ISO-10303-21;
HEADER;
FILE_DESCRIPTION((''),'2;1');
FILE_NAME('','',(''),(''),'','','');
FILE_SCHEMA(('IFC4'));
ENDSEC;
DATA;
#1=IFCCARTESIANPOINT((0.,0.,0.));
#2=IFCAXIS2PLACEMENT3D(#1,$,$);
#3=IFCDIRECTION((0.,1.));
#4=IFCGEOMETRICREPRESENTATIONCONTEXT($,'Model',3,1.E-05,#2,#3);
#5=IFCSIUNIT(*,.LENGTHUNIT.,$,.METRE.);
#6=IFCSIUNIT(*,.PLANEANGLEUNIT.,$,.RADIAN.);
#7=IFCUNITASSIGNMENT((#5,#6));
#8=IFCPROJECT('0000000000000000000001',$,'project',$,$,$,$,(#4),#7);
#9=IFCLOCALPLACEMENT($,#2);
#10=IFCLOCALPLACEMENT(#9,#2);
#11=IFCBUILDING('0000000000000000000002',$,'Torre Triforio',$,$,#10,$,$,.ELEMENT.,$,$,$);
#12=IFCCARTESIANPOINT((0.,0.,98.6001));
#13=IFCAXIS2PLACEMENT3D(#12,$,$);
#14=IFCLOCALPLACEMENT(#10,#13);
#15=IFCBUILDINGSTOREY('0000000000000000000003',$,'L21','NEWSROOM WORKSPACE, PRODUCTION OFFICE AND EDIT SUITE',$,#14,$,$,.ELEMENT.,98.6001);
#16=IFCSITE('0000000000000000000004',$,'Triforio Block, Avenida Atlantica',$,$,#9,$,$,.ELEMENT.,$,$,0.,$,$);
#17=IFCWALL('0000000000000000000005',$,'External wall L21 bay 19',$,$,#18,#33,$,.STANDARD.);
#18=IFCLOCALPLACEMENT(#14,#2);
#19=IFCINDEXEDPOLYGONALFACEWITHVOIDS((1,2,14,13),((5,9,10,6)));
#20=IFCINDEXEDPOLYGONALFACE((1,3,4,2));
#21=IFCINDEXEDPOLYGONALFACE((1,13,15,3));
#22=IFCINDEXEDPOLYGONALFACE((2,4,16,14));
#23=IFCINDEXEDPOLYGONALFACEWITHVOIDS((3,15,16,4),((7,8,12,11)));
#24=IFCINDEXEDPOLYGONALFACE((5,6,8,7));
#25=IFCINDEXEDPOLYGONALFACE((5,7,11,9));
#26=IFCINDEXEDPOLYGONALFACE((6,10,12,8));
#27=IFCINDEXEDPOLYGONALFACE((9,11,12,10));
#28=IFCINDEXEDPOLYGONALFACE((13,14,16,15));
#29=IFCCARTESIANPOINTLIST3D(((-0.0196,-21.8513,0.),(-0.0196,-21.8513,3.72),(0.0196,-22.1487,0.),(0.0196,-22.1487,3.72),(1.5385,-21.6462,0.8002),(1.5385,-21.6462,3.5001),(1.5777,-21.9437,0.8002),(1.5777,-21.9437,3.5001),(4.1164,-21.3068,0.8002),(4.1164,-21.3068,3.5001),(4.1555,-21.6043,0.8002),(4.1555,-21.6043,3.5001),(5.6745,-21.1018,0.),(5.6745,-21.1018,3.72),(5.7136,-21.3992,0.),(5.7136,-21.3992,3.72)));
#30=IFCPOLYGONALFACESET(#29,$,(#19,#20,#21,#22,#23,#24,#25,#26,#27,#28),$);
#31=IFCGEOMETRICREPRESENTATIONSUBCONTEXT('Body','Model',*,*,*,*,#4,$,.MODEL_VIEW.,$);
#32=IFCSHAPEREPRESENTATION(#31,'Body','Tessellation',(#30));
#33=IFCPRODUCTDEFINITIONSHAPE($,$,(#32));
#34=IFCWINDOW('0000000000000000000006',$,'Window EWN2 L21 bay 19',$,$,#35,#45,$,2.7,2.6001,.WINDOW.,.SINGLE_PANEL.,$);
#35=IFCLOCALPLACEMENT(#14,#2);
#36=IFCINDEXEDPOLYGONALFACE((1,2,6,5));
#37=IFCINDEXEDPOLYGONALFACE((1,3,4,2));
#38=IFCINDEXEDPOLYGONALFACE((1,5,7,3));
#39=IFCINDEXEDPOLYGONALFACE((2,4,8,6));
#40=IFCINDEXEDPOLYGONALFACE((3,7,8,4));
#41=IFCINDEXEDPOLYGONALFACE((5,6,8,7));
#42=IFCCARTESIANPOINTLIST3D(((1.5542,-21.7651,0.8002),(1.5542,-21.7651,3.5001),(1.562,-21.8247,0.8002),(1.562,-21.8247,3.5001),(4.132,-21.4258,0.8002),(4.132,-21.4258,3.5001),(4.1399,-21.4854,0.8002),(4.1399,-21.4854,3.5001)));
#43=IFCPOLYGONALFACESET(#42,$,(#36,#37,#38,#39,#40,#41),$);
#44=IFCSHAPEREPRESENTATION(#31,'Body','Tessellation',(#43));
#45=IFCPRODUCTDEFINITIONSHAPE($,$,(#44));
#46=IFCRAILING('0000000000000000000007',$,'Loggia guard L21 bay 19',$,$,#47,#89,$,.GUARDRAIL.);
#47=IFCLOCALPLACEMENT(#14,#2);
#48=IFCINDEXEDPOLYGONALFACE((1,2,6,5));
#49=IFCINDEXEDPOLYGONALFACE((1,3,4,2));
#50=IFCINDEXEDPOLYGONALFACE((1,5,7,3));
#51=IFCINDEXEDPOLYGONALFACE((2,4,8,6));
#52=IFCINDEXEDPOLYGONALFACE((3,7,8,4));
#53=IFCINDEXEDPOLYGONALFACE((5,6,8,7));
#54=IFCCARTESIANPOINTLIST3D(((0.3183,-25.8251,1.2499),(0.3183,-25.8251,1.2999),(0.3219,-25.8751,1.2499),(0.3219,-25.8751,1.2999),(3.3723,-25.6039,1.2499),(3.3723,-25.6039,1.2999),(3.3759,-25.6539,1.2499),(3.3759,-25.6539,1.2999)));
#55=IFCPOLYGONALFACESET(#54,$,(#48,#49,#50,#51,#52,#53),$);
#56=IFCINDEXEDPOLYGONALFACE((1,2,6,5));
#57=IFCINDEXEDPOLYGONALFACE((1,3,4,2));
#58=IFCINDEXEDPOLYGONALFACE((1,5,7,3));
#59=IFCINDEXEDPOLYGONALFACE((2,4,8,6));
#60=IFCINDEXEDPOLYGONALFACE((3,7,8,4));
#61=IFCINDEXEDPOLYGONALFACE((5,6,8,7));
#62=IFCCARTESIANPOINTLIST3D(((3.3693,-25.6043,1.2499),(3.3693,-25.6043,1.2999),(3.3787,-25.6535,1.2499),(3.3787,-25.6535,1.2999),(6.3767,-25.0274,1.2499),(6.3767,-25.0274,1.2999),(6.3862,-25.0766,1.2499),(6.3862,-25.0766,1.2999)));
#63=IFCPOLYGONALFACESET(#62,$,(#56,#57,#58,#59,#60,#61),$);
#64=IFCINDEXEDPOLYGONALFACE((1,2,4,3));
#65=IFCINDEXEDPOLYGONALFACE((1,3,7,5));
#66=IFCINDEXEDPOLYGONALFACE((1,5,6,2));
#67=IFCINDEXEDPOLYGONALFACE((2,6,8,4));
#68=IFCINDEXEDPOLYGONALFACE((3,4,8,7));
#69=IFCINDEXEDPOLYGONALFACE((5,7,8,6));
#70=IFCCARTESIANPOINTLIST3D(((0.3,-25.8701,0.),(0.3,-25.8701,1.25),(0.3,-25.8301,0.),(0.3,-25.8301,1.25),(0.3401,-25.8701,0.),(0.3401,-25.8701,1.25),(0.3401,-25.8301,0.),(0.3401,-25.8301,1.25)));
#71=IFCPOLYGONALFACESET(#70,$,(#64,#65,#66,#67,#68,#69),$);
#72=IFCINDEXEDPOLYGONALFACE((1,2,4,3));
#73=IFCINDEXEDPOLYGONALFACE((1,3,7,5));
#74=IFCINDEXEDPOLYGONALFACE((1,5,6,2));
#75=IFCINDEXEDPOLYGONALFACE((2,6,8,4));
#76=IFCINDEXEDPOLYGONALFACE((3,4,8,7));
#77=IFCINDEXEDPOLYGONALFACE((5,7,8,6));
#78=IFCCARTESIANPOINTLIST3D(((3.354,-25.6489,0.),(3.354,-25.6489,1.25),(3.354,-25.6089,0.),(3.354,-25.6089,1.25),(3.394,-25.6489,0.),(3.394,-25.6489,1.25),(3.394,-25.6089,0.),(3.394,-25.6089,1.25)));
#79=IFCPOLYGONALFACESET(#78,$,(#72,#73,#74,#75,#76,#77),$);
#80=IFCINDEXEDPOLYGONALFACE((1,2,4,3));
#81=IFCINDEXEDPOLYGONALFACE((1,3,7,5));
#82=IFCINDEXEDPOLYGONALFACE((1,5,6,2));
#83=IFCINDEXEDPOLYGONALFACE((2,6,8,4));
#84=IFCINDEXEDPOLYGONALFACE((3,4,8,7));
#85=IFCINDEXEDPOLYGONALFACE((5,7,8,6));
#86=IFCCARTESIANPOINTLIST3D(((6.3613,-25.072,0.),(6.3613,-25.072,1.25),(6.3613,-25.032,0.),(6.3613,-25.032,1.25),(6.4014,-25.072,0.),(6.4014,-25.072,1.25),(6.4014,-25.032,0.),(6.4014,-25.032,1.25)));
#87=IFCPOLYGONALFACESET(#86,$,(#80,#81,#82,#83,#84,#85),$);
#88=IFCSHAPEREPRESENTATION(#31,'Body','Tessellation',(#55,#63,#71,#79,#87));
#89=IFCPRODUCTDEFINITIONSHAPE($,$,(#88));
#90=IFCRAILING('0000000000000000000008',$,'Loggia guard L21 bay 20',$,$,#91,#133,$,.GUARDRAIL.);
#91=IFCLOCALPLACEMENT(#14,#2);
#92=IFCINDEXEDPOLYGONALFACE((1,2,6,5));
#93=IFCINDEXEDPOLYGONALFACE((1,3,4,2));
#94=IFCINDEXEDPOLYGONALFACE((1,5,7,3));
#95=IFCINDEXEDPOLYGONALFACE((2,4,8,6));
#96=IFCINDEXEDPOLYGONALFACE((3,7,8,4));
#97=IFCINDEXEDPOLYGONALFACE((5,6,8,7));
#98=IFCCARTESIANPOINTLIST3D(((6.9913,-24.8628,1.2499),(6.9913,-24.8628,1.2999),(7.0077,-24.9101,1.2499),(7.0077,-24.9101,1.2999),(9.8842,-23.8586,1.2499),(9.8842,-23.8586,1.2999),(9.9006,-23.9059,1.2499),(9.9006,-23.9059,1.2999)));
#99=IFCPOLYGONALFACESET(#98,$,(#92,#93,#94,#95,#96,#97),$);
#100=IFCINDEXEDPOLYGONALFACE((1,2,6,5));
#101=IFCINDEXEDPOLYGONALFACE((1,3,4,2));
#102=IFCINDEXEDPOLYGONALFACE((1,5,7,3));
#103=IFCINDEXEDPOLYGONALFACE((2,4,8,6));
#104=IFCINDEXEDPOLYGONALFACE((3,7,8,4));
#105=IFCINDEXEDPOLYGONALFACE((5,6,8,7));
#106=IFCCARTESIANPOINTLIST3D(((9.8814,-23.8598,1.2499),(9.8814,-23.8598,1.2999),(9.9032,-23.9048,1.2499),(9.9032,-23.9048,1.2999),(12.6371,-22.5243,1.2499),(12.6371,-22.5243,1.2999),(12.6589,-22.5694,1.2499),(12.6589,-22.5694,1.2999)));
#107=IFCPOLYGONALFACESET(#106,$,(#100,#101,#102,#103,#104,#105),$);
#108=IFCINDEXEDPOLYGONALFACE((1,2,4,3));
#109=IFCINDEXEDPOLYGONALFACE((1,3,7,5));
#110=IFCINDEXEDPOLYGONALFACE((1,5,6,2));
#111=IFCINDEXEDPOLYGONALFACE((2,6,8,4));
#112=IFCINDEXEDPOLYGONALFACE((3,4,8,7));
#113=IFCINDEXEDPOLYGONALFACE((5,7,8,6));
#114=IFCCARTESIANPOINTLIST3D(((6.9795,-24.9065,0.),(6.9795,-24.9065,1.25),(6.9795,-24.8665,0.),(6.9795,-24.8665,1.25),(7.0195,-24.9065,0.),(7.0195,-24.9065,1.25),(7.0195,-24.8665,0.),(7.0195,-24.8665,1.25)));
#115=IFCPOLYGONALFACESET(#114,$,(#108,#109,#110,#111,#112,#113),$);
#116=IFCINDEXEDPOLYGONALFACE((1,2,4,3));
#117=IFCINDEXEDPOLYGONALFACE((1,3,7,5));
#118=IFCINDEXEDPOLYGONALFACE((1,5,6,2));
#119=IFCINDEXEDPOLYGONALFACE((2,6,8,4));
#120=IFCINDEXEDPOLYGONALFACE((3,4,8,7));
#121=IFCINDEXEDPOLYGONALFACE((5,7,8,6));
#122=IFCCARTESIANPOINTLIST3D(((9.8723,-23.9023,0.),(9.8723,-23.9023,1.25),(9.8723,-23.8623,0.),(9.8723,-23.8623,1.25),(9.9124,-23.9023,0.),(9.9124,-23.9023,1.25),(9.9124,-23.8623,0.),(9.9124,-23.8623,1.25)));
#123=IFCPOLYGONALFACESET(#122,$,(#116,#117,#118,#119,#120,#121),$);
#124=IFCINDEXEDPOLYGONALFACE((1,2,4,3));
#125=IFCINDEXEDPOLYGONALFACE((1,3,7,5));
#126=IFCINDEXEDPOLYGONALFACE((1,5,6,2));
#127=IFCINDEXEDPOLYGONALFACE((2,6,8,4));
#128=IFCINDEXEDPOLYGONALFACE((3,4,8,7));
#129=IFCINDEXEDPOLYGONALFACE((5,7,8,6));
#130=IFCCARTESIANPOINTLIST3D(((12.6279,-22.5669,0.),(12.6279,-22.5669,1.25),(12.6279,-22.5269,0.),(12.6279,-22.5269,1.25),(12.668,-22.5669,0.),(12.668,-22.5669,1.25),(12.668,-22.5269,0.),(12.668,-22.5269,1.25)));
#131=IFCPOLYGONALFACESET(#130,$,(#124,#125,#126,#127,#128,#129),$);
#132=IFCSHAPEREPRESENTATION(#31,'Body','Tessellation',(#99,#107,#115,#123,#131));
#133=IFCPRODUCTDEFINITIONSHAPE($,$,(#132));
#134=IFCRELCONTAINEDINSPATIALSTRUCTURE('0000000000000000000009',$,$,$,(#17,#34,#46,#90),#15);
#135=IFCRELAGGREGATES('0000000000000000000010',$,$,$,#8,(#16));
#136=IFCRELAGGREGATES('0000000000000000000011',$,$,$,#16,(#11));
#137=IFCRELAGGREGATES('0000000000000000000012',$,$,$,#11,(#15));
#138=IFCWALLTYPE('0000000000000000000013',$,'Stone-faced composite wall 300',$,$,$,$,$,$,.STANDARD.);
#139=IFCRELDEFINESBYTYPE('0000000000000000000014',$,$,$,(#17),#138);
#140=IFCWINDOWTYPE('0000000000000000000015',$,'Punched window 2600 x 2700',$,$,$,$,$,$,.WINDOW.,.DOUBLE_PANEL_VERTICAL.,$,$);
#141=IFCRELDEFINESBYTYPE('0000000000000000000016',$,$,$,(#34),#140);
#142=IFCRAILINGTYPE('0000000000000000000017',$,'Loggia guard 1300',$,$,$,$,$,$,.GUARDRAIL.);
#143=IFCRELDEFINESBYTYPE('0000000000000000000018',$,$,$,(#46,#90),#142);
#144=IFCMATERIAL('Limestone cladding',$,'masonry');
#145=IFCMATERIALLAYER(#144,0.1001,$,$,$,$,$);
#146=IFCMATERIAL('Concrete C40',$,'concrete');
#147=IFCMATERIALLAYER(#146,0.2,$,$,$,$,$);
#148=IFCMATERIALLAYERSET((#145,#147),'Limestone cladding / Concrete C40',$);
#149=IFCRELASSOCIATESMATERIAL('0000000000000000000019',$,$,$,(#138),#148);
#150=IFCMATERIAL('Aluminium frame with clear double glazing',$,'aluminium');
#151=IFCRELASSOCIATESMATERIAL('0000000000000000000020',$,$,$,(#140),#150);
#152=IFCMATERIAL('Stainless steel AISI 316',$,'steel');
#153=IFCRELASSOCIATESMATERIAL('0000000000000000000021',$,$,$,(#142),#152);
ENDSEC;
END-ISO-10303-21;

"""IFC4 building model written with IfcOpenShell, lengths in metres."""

from ifc_helpers import new_model, si_unit, direction, frame, frame_2d, origin, origin_2d, place, context, subcontext, project, spatial, rectangle, extrude, material, layer, layer_set, type_object, element, fill, save


model = new_model("IFC4")

# Units and contexts
model_context = context("Model", 3, precision=1e-05, world=origin(), true_north=direction((0.0, 1.0)))
body_context = subcontext(model_context, "Body", "Model", "MODEL_VIEW")
ifc_project = project(units=[si_unit("LENGTHUNIT", "METRE"), si_unit("PLANEANGLEUNIT", "RADIAN")], contexts=[model_context])

# Site, building, storey
site_placement = place(None, origin())
site = spatial("IfcSite", under=ifc_project, at=site_placement, Name="Triforio Block, Avenida Atlantica", CompositionType="ELEMENT", RefElevation=0.0)
building_placement = place(site_placement, origin())
building = spatial("IfcBuilding", under=site, at=building_placement, Name="Torre Triforio", CompositionType="ELEMENT")
storey_placement = place(building_placement, frame((0.0, 0.0, 98.6001)))
storey = spatial("IfcBuildingStorey", under=building, at=storey_placement, Name="L21", Description="NEWSROOM WORKSPACE, PRODUCTION OFFICE AND EDIT SUITE", CompositionType="ELEMENT", Elevation=98.6001)

# Wall, opening, window
ifc_material_1 = material(Name="Limestone cladding", Category="masonry")
ifc_layer_1 = layer(ifc_material_1, 0.1001)
ifc_material_2 = material(Name="Concrete C40", Category="concrete")
ifc_layer_2 = layer(ifc_material_2, 0.2)
ifc_layer_set_1 = layer_set([ifc_layer_1, ifc_layer_2], Name="Limestone cladding / Concrete C40")
wall_type_1 = type_object("IfcWallType", Name="Stone-faced composite wall 300", PredefinedType="STANDARD", material=ifc_layer_set_1)
wall_1_placement = place(storey_placement, frame((0.0, -22.0, 0.0), z_axis=(0.0, 0.0, 1.0), x_axis=(0.991448, 0.130504, 0.0)))
wall_1 = element("IfcWall", 1, at=wall_1_placement, inside=storey, type_object=wall_type_1, Name="External wall L21 bay 19", PredefinedType="STANDARD", context=body_context, shape_type="SweptSolid", body=[
    extrude(rectangle(XDim=5.7432, YDim=0.3, at=frame_2d((2.8716, 0.0))), origin(), (0.0, 0.0, 1.0), 3.72),
])
opening_1_placement = place(wall_1_placement, frame((1.5715, 0.0, 0.8)))
opening_1 = element("IfcOpeningElement", 2, at=opening_1_placement, cuts=wall_1, PredefinedType="OPENING", context=body_context, shape_type="SweptSolid", body=[
    extrude(rectangle(XDim=2.6001, YDim=2.7, at=frame_2d((1.3, 1.3501))), frame((0.0, 0.1599, 0.0), z_axis=(0.0, -1.0, 0.0), x_axis=(1.0, 0.0, 0.0)), (0.0, 0.0, 1.0), 0.3201),
])
ifc_material_3 = material(Name="Aluminium frame with clear double glazing", Category="aluminium")
window_type_1 = type_object("IfcWindowType", Name="Punched window 2600 x 2700", PartitioningType="DOUBLE_PANEL_VERTICAL", PredefinedType="WINDOW", material=ifc_material_3)
window_1_placement = place(opening_1_placement, origin())
window_1 = element("IfcWindow", 3, at=window_1_placement, inside=storey, type_object=window_type_1, Name="Window EWN2 L21 bay 19", OverallHeight=2.7, OverallWidth=2.6001, PartitioningType="SINGLE_PANEL", PredefinedType="WINDOW", context=body_context, shape_type="SweptSolid", body=[
    extrude(rectangle(XDim=2.6001, YDim=2.7, at=frame_2d((1.3, 1.3501))), frame((0.0, 0.03, 0.0), z_axis=(0.0, -1.0, 0.0), x_axis=(1.0, 0.0, 0.0)), (0.0, 0.0, 1.0), 0.0601),
])
fill(opening_1, window_1)

# Railings
ifc_material_4 = material(Name="Stainless steel AISI 316", Category="steel")
railing_type = type_object("IfcRailingType", Name="Loggia guard 1300", PredefinedType="GUARDRAIL", material=ifc_material_4)
railing_1_placement = place(storey_placement, frame((0.3201, -25.8501, 0.0)))
element("IfcRailing", 4, at=railing_1_placement, inside=storey, type_object=railing_type, Name="Loggia guard L21 bay 19", PredefinedType="GUARDRAIL", context=body_context, shape_type="SweptSolid", body=[
    extrude(rectangle(XDim=0.05, YDim=0.05, at=origin_2d()), frame((0.0, 0.0, 1.2749), z_axis=(0.997387, 0.072239, 0.0), x_axis=(-0.072239, 0.997387, 0.0)), (0.0, 0.0, 1.0), 3.062),
    extrude(rectangle(XDim=0.05, YDim=0.05, at=origin_2d()), frame((3.054, 0.2212, 1.2749), z_axis=(0.982093, 0.188398, 0.0), x_axis=(-0.188398, 0.982093, 0.0)), (0.0, 0.0, 1.0), 3.0623),
    extrude(rectangle(XDim=0.04, YDim=0.04, at=origin_2d()), origin(), (0.0, 0.0, 1.0), 1.25),
    extrude(rectangle(XDim=0.04, YDim=0.04, at=origin_2d()), frame((3.054, 0.2212, 0.0)), (0.0, 0.0, 1.0), 1.25),
    extrude(rectangle(XDim=0.04, YDim=0.04, at=origin_2d()), frame((6.0613, 0.7981, 0.0)), (0.0, 0.0, 1.0), 1.25),
])
railing_2_placement = place(storey_placement, frame((6.9995, -24.8865, 0.0)))
element("IfcRailing", 5, at=railing_2_placement, inside=storey, type_object=railing_type, Name="Loggia guard L21 bay 20", PredefinedType="GUARDRAIL", context=body_context, shape_type="SweptSolid", body=[
    extrude(rectangle(XDim=0.05, YDim=0.05, at=origin_2d()), frame((0.0, 0.0, 1.2749), z_axis=(0.944704, 0.327924, 0.0), x_axis=(-0.327924, 0.944704, 0.0)), (0.0, 0.0, 1.0), 3.0623),
    extrude(rectangle(XDim=0.05, YDim=0.05, at=origin_2d()), frame((2.8928, 1.0042, 1.2749), z_axis=(0.899892, 0.436113, 0.0), x_axis=(-0.436113, 0.899892, 0.0)), (0.0, 0.0, 1.0), 3.0623),
    extrude(rectangle(XDim=0.04, YDim=0.04, at=origin_2d()), origin(), (0.0, 0.0, 1.0), 1.25),
    extrude(rectangle(XDim=0.04, YDim=0.04, at=origin_2d()), frame((2.8928, 1.0042, 0.0)), (0.0, 0.0, 1.0), 1.25),
    extrude(rectangle(XDim=0.04, YDim=0.04, at=origin_2d()), frame((5.6484, 2.3396, 0.0)), (0.0, 0.0, 1.0), 1.25),
])

save(model, "model.ifc")
